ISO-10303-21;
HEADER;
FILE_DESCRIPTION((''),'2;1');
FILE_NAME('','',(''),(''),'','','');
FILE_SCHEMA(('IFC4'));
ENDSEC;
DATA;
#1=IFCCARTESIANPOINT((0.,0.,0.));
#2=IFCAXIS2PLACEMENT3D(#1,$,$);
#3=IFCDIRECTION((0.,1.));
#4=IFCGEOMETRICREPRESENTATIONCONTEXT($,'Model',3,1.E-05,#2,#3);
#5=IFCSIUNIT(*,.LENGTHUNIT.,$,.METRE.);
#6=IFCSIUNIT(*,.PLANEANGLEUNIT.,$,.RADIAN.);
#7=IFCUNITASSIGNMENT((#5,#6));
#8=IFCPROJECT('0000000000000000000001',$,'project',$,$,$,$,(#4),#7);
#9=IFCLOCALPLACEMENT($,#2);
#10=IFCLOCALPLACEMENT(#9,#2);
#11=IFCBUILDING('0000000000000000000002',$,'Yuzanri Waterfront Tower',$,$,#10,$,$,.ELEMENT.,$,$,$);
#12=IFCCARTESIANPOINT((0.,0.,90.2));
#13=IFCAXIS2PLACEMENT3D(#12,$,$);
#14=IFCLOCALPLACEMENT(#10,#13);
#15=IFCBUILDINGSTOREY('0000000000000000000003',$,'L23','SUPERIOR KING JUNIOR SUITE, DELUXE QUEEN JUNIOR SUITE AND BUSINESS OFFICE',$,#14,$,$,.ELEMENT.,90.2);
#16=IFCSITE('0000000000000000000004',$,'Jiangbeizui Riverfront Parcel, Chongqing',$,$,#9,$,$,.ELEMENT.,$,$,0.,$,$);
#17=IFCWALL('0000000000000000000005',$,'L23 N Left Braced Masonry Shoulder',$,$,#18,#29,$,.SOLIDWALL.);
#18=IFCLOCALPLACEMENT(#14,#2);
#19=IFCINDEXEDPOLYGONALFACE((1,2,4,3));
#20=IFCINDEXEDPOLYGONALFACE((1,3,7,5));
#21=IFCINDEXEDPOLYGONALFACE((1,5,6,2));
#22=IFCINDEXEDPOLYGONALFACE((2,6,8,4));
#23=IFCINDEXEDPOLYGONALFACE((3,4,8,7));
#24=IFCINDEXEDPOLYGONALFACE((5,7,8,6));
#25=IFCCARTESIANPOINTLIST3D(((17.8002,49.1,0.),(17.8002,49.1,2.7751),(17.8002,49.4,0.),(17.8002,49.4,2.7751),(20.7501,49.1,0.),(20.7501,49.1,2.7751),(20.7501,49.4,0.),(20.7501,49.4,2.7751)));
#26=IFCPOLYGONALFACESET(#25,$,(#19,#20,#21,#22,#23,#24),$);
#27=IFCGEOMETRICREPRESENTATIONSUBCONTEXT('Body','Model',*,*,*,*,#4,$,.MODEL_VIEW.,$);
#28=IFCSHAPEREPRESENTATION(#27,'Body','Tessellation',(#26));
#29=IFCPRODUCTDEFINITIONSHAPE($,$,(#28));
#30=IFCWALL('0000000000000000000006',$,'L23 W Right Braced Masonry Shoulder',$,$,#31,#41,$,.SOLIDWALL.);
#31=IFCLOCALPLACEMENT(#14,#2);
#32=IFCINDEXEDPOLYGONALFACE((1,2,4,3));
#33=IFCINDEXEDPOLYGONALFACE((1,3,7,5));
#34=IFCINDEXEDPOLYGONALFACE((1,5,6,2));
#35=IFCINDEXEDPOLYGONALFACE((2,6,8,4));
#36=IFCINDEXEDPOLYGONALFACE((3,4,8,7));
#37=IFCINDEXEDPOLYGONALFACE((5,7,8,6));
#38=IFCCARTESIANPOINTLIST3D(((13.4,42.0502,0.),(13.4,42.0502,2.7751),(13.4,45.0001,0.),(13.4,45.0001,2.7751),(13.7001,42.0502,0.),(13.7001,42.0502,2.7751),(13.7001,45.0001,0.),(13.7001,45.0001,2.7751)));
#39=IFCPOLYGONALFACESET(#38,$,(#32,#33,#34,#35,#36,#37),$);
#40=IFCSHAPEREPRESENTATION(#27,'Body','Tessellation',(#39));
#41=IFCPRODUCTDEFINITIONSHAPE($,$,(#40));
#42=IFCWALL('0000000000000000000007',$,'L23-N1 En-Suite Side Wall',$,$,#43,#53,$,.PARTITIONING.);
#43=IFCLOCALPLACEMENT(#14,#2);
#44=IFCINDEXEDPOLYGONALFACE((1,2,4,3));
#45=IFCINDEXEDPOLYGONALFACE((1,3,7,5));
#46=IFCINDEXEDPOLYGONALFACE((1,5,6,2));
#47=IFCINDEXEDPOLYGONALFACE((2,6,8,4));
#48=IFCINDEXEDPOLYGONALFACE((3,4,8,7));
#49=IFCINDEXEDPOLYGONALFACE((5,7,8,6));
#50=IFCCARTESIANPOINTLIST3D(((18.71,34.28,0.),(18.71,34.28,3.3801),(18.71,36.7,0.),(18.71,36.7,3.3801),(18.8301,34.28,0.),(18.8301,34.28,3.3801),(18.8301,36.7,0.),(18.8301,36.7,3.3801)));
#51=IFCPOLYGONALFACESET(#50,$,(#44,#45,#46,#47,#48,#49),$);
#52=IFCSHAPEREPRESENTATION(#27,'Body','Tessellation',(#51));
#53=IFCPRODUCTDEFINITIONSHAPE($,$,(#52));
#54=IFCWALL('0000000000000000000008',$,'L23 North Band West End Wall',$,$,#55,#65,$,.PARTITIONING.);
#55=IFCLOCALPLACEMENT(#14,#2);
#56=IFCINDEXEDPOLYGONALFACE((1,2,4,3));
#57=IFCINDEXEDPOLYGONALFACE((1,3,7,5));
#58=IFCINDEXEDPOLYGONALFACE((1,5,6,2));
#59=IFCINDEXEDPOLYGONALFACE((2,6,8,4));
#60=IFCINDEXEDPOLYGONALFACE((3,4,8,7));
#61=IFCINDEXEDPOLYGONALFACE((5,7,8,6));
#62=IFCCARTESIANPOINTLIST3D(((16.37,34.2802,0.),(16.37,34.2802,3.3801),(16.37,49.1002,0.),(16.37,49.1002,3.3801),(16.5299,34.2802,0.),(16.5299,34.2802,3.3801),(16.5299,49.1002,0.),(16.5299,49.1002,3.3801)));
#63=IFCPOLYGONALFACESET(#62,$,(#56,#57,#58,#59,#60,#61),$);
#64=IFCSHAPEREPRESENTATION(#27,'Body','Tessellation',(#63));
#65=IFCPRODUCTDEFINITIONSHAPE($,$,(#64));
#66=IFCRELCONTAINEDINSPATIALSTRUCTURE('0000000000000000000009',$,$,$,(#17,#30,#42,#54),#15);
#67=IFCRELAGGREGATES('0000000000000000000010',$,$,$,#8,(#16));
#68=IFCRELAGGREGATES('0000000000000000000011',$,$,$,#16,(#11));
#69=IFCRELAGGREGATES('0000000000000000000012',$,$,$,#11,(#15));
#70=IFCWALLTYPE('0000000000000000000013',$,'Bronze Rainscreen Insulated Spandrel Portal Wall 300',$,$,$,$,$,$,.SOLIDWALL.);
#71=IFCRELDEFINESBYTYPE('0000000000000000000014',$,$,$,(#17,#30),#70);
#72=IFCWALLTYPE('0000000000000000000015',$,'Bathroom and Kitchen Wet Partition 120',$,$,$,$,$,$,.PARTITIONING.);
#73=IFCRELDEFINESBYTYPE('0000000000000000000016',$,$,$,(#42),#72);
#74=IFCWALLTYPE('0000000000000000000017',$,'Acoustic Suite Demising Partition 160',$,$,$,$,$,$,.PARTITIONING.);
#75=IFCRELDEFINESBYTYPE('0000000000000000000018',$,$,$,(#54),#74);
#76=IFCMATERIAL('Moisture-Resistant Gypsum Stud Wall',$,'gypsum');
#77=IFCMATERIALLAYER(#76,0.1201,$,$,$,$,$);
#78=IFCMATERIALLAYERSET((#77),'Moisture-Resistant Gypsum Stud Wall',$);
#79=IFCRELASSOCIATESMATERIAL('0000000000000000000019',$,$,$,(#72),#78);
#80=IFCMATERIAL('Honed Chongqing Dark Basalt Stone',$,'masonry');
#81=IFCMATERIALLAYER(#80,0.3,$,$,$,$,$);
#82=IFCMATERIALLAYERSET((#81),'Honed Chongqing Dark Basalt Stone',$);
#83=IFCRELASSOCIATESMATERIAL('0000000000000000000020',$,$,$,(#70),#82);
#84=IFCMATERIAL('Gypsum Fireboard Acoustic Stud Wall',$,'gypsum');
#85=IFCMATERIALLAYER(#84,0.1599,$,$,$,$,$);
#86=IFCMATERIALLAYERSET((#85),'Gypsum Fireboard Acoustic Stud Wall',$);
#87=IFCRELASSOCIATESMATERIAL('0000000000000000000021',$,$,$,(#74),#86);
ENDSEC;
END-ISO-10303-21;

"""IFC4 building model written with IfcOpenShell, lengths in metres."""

from ifc_helpers import new_model, si_unit, direction, frame, frame_2d, origin, place, context, subcontext, project, spatial, rectangle, extrude, source, transform, mapped, material, layer, layer_set, type_object, element, save


model = new_model("IFC4")

# Units and contexts
model_context = context("Model", 3, precision=1e-05, world=origin(), true_north=direction((0.0, 1.0)))
body_context = subcontext(model_context, "Body", "Model", "MODEL_VIEW")
ifc_project = project(units=[si_unit("LENGTHUNIT", "METRE"), si_unit("PLANEANGLEUNIT", "RADIAN")], contexts=[model_context])

# Site, building, storey
site_placement = place(None, origin())
site = spatial("IfcSite", under=ifc_project, at=site_placement, Name="Jiangbeizui Riverfront Parcel, Chongqing", CompositionType="ELEMENT", RefElevation=0.0)
building_placement = place(site_placement, origin())
building = spatial("IfcBuilding", under=site, at=building_placement, Name="Yuzanri Waterfront Tower", CompositionType="ELEMENT")
storey_placement = place(building_placement, frame((0.0, 0.0, 90.2)))
storey = spatial("IfcBuildingStorey", under=building, at=storey_placement, Name="L23", Description="SUPERIOR KING JUNIOR SUITE, DELUXE QUEEN JUNIOR SUITE AND BUSINESS OFFICE", CompositionType="ELEMENT", Elevation=90.2)

# Shared definitions
ifc_material_1 = material(Name="Moisture-Resistant Gypsum Stud Wall", Category="gypsum")
ifc_layer_1 = layer(ifc_material_1, 0.1201)
ifc_layer_set_1 = layer_set([ifc_layer_1], Name="Moisture-Resistant Gypsum Stud Wall")
wall_type_1 = type_object("IfcWallType", Name="Bathroom and Kitchen Wet Partition 120", PredefinedType="PARTITIONING", material=ifc_layer_set_1)

# Shared definitions
ifc_material_2 = material(Name="Honed Chongqing Dark Basalt Stone", Category="masonry")
ifc_layer_2 = layer(ifc_material_2, 0.3)
ifc_layer_set_2 = layer_set([ifc_layer_2], Name="Honed Chongqing Dark Basalt Stone")
wall_type_2 = type_object("IfcWallType", Name="Bronze Rainscreen Insulated Spandrel Portal Wall 300", PredefinedType="SOLIDWALL", material=ifc_layer_set_2)

# Walls
shared_shape_1 = source(origin(), body_context, "Body", "SweptSolid", [
    extrude(rectangle(XDim=2.95, YDim=0.3, at=frame_2d((1.4751, 0.0))), origin(), (0.0, 0.0, 1.0), 2.7751),
])
for number, where, z_axis, x_axis, name in (
    (1, (17.8, 49.25, 0.0), (0.0, 0.0, 1.0), (1.0, 0.0, 0.0), "L23 N Left Braced Masonry Shoulder"),
    (2, (13.55, 42.05, 0.0), (0.0, 0.0, 1.0), (0.0, 1.0, 0.0), "L23 W Right Braced Masonry Shoulder"),
):
    element("IfcWall", number, at=place(storey_placement, frame(where, z_axis=z_axis, x_axis=x_axis)), inside=storey, type_object=wall_type_2, Name=name, PredefinedType="SOLIDWALL", context=body_context, shape_type="MappedRepresentation", body=[
        mapped(shared_shape_1, transform((0.0, 0.0, 0.0), scale=1.0)),
    ])
shared_shape_2 = source(origin(), body_context, "Body", "SweptSolid", [
    extrude(rectangle(XDim=2.4199, YDim=0.1201, at=frame_2d((1.21, 0.0))), origin(), (0.0, 0.0, 1.0), 3.3801),
])
wall_1_placement = place(storey_placement, frame((18.77, 34.28, 0.0), z_axis=(0.0, 0.0, 1.0), x_axis=(0.0, 1.0, 0.0)))
element("IfcWall", 3, at=wall_1_placement, inside=storey, type_object=wall_type_1, Name="L23-N1 En-Suite Side Wall", PredefinedType="PARTITIONING", context=body_context, shape_type="MappedRepresentation", body=[
    mapped(shared_shape_2, transform((0.0, 0.0, 0.0), scale=1.0)),
])
ifc_material_3 = material(Name="Gypsum Fireboard Acoustic Stud Wall", Category="gypsum")
ifc_layer_3 = layer(ifc_material_3, 0.1599)
ifc_layer_set_3 = layer_set([ifc_layer_3], Name="Gypsum Fireboard Acoustic Stud Wall")
wall_type_3 = type_object("IfcWallType", Name="Acoustic Suite Demising Partition 160", PredefinedType="PARTITIONING", material=ifc_layer_set_3)
shared_shape_3 = source(origin(), body_context, "Body", "SweptSolid", [
    extrude(rectangle(XDim=14.8201, YDim=0.1599, at=frame_2d((7.4102, 0.0))), origin(), (0.0, 0.0, 1.0), 3.3801),
])
wall_2_placement = place(storey_placement, frame((16.45, 34.28, 0.0), z_axis=(0.0, 0.0, 1.0), x_axis=(0.0, 1.0, 0.0)))
element("IfcWall", 4, at=wall_2_placement, inside=storey, type_object=wall_type_3, Name="L23 North Band West End Wall", PredefinedType="PARTITIONING", context=body_context, shape_type="MappedRepresentation", body=[
    mapped(shared_shape_3, transform((0.0, 0.0, 0.0), scale=1.0)),
])

save(model, "model.ifc")
